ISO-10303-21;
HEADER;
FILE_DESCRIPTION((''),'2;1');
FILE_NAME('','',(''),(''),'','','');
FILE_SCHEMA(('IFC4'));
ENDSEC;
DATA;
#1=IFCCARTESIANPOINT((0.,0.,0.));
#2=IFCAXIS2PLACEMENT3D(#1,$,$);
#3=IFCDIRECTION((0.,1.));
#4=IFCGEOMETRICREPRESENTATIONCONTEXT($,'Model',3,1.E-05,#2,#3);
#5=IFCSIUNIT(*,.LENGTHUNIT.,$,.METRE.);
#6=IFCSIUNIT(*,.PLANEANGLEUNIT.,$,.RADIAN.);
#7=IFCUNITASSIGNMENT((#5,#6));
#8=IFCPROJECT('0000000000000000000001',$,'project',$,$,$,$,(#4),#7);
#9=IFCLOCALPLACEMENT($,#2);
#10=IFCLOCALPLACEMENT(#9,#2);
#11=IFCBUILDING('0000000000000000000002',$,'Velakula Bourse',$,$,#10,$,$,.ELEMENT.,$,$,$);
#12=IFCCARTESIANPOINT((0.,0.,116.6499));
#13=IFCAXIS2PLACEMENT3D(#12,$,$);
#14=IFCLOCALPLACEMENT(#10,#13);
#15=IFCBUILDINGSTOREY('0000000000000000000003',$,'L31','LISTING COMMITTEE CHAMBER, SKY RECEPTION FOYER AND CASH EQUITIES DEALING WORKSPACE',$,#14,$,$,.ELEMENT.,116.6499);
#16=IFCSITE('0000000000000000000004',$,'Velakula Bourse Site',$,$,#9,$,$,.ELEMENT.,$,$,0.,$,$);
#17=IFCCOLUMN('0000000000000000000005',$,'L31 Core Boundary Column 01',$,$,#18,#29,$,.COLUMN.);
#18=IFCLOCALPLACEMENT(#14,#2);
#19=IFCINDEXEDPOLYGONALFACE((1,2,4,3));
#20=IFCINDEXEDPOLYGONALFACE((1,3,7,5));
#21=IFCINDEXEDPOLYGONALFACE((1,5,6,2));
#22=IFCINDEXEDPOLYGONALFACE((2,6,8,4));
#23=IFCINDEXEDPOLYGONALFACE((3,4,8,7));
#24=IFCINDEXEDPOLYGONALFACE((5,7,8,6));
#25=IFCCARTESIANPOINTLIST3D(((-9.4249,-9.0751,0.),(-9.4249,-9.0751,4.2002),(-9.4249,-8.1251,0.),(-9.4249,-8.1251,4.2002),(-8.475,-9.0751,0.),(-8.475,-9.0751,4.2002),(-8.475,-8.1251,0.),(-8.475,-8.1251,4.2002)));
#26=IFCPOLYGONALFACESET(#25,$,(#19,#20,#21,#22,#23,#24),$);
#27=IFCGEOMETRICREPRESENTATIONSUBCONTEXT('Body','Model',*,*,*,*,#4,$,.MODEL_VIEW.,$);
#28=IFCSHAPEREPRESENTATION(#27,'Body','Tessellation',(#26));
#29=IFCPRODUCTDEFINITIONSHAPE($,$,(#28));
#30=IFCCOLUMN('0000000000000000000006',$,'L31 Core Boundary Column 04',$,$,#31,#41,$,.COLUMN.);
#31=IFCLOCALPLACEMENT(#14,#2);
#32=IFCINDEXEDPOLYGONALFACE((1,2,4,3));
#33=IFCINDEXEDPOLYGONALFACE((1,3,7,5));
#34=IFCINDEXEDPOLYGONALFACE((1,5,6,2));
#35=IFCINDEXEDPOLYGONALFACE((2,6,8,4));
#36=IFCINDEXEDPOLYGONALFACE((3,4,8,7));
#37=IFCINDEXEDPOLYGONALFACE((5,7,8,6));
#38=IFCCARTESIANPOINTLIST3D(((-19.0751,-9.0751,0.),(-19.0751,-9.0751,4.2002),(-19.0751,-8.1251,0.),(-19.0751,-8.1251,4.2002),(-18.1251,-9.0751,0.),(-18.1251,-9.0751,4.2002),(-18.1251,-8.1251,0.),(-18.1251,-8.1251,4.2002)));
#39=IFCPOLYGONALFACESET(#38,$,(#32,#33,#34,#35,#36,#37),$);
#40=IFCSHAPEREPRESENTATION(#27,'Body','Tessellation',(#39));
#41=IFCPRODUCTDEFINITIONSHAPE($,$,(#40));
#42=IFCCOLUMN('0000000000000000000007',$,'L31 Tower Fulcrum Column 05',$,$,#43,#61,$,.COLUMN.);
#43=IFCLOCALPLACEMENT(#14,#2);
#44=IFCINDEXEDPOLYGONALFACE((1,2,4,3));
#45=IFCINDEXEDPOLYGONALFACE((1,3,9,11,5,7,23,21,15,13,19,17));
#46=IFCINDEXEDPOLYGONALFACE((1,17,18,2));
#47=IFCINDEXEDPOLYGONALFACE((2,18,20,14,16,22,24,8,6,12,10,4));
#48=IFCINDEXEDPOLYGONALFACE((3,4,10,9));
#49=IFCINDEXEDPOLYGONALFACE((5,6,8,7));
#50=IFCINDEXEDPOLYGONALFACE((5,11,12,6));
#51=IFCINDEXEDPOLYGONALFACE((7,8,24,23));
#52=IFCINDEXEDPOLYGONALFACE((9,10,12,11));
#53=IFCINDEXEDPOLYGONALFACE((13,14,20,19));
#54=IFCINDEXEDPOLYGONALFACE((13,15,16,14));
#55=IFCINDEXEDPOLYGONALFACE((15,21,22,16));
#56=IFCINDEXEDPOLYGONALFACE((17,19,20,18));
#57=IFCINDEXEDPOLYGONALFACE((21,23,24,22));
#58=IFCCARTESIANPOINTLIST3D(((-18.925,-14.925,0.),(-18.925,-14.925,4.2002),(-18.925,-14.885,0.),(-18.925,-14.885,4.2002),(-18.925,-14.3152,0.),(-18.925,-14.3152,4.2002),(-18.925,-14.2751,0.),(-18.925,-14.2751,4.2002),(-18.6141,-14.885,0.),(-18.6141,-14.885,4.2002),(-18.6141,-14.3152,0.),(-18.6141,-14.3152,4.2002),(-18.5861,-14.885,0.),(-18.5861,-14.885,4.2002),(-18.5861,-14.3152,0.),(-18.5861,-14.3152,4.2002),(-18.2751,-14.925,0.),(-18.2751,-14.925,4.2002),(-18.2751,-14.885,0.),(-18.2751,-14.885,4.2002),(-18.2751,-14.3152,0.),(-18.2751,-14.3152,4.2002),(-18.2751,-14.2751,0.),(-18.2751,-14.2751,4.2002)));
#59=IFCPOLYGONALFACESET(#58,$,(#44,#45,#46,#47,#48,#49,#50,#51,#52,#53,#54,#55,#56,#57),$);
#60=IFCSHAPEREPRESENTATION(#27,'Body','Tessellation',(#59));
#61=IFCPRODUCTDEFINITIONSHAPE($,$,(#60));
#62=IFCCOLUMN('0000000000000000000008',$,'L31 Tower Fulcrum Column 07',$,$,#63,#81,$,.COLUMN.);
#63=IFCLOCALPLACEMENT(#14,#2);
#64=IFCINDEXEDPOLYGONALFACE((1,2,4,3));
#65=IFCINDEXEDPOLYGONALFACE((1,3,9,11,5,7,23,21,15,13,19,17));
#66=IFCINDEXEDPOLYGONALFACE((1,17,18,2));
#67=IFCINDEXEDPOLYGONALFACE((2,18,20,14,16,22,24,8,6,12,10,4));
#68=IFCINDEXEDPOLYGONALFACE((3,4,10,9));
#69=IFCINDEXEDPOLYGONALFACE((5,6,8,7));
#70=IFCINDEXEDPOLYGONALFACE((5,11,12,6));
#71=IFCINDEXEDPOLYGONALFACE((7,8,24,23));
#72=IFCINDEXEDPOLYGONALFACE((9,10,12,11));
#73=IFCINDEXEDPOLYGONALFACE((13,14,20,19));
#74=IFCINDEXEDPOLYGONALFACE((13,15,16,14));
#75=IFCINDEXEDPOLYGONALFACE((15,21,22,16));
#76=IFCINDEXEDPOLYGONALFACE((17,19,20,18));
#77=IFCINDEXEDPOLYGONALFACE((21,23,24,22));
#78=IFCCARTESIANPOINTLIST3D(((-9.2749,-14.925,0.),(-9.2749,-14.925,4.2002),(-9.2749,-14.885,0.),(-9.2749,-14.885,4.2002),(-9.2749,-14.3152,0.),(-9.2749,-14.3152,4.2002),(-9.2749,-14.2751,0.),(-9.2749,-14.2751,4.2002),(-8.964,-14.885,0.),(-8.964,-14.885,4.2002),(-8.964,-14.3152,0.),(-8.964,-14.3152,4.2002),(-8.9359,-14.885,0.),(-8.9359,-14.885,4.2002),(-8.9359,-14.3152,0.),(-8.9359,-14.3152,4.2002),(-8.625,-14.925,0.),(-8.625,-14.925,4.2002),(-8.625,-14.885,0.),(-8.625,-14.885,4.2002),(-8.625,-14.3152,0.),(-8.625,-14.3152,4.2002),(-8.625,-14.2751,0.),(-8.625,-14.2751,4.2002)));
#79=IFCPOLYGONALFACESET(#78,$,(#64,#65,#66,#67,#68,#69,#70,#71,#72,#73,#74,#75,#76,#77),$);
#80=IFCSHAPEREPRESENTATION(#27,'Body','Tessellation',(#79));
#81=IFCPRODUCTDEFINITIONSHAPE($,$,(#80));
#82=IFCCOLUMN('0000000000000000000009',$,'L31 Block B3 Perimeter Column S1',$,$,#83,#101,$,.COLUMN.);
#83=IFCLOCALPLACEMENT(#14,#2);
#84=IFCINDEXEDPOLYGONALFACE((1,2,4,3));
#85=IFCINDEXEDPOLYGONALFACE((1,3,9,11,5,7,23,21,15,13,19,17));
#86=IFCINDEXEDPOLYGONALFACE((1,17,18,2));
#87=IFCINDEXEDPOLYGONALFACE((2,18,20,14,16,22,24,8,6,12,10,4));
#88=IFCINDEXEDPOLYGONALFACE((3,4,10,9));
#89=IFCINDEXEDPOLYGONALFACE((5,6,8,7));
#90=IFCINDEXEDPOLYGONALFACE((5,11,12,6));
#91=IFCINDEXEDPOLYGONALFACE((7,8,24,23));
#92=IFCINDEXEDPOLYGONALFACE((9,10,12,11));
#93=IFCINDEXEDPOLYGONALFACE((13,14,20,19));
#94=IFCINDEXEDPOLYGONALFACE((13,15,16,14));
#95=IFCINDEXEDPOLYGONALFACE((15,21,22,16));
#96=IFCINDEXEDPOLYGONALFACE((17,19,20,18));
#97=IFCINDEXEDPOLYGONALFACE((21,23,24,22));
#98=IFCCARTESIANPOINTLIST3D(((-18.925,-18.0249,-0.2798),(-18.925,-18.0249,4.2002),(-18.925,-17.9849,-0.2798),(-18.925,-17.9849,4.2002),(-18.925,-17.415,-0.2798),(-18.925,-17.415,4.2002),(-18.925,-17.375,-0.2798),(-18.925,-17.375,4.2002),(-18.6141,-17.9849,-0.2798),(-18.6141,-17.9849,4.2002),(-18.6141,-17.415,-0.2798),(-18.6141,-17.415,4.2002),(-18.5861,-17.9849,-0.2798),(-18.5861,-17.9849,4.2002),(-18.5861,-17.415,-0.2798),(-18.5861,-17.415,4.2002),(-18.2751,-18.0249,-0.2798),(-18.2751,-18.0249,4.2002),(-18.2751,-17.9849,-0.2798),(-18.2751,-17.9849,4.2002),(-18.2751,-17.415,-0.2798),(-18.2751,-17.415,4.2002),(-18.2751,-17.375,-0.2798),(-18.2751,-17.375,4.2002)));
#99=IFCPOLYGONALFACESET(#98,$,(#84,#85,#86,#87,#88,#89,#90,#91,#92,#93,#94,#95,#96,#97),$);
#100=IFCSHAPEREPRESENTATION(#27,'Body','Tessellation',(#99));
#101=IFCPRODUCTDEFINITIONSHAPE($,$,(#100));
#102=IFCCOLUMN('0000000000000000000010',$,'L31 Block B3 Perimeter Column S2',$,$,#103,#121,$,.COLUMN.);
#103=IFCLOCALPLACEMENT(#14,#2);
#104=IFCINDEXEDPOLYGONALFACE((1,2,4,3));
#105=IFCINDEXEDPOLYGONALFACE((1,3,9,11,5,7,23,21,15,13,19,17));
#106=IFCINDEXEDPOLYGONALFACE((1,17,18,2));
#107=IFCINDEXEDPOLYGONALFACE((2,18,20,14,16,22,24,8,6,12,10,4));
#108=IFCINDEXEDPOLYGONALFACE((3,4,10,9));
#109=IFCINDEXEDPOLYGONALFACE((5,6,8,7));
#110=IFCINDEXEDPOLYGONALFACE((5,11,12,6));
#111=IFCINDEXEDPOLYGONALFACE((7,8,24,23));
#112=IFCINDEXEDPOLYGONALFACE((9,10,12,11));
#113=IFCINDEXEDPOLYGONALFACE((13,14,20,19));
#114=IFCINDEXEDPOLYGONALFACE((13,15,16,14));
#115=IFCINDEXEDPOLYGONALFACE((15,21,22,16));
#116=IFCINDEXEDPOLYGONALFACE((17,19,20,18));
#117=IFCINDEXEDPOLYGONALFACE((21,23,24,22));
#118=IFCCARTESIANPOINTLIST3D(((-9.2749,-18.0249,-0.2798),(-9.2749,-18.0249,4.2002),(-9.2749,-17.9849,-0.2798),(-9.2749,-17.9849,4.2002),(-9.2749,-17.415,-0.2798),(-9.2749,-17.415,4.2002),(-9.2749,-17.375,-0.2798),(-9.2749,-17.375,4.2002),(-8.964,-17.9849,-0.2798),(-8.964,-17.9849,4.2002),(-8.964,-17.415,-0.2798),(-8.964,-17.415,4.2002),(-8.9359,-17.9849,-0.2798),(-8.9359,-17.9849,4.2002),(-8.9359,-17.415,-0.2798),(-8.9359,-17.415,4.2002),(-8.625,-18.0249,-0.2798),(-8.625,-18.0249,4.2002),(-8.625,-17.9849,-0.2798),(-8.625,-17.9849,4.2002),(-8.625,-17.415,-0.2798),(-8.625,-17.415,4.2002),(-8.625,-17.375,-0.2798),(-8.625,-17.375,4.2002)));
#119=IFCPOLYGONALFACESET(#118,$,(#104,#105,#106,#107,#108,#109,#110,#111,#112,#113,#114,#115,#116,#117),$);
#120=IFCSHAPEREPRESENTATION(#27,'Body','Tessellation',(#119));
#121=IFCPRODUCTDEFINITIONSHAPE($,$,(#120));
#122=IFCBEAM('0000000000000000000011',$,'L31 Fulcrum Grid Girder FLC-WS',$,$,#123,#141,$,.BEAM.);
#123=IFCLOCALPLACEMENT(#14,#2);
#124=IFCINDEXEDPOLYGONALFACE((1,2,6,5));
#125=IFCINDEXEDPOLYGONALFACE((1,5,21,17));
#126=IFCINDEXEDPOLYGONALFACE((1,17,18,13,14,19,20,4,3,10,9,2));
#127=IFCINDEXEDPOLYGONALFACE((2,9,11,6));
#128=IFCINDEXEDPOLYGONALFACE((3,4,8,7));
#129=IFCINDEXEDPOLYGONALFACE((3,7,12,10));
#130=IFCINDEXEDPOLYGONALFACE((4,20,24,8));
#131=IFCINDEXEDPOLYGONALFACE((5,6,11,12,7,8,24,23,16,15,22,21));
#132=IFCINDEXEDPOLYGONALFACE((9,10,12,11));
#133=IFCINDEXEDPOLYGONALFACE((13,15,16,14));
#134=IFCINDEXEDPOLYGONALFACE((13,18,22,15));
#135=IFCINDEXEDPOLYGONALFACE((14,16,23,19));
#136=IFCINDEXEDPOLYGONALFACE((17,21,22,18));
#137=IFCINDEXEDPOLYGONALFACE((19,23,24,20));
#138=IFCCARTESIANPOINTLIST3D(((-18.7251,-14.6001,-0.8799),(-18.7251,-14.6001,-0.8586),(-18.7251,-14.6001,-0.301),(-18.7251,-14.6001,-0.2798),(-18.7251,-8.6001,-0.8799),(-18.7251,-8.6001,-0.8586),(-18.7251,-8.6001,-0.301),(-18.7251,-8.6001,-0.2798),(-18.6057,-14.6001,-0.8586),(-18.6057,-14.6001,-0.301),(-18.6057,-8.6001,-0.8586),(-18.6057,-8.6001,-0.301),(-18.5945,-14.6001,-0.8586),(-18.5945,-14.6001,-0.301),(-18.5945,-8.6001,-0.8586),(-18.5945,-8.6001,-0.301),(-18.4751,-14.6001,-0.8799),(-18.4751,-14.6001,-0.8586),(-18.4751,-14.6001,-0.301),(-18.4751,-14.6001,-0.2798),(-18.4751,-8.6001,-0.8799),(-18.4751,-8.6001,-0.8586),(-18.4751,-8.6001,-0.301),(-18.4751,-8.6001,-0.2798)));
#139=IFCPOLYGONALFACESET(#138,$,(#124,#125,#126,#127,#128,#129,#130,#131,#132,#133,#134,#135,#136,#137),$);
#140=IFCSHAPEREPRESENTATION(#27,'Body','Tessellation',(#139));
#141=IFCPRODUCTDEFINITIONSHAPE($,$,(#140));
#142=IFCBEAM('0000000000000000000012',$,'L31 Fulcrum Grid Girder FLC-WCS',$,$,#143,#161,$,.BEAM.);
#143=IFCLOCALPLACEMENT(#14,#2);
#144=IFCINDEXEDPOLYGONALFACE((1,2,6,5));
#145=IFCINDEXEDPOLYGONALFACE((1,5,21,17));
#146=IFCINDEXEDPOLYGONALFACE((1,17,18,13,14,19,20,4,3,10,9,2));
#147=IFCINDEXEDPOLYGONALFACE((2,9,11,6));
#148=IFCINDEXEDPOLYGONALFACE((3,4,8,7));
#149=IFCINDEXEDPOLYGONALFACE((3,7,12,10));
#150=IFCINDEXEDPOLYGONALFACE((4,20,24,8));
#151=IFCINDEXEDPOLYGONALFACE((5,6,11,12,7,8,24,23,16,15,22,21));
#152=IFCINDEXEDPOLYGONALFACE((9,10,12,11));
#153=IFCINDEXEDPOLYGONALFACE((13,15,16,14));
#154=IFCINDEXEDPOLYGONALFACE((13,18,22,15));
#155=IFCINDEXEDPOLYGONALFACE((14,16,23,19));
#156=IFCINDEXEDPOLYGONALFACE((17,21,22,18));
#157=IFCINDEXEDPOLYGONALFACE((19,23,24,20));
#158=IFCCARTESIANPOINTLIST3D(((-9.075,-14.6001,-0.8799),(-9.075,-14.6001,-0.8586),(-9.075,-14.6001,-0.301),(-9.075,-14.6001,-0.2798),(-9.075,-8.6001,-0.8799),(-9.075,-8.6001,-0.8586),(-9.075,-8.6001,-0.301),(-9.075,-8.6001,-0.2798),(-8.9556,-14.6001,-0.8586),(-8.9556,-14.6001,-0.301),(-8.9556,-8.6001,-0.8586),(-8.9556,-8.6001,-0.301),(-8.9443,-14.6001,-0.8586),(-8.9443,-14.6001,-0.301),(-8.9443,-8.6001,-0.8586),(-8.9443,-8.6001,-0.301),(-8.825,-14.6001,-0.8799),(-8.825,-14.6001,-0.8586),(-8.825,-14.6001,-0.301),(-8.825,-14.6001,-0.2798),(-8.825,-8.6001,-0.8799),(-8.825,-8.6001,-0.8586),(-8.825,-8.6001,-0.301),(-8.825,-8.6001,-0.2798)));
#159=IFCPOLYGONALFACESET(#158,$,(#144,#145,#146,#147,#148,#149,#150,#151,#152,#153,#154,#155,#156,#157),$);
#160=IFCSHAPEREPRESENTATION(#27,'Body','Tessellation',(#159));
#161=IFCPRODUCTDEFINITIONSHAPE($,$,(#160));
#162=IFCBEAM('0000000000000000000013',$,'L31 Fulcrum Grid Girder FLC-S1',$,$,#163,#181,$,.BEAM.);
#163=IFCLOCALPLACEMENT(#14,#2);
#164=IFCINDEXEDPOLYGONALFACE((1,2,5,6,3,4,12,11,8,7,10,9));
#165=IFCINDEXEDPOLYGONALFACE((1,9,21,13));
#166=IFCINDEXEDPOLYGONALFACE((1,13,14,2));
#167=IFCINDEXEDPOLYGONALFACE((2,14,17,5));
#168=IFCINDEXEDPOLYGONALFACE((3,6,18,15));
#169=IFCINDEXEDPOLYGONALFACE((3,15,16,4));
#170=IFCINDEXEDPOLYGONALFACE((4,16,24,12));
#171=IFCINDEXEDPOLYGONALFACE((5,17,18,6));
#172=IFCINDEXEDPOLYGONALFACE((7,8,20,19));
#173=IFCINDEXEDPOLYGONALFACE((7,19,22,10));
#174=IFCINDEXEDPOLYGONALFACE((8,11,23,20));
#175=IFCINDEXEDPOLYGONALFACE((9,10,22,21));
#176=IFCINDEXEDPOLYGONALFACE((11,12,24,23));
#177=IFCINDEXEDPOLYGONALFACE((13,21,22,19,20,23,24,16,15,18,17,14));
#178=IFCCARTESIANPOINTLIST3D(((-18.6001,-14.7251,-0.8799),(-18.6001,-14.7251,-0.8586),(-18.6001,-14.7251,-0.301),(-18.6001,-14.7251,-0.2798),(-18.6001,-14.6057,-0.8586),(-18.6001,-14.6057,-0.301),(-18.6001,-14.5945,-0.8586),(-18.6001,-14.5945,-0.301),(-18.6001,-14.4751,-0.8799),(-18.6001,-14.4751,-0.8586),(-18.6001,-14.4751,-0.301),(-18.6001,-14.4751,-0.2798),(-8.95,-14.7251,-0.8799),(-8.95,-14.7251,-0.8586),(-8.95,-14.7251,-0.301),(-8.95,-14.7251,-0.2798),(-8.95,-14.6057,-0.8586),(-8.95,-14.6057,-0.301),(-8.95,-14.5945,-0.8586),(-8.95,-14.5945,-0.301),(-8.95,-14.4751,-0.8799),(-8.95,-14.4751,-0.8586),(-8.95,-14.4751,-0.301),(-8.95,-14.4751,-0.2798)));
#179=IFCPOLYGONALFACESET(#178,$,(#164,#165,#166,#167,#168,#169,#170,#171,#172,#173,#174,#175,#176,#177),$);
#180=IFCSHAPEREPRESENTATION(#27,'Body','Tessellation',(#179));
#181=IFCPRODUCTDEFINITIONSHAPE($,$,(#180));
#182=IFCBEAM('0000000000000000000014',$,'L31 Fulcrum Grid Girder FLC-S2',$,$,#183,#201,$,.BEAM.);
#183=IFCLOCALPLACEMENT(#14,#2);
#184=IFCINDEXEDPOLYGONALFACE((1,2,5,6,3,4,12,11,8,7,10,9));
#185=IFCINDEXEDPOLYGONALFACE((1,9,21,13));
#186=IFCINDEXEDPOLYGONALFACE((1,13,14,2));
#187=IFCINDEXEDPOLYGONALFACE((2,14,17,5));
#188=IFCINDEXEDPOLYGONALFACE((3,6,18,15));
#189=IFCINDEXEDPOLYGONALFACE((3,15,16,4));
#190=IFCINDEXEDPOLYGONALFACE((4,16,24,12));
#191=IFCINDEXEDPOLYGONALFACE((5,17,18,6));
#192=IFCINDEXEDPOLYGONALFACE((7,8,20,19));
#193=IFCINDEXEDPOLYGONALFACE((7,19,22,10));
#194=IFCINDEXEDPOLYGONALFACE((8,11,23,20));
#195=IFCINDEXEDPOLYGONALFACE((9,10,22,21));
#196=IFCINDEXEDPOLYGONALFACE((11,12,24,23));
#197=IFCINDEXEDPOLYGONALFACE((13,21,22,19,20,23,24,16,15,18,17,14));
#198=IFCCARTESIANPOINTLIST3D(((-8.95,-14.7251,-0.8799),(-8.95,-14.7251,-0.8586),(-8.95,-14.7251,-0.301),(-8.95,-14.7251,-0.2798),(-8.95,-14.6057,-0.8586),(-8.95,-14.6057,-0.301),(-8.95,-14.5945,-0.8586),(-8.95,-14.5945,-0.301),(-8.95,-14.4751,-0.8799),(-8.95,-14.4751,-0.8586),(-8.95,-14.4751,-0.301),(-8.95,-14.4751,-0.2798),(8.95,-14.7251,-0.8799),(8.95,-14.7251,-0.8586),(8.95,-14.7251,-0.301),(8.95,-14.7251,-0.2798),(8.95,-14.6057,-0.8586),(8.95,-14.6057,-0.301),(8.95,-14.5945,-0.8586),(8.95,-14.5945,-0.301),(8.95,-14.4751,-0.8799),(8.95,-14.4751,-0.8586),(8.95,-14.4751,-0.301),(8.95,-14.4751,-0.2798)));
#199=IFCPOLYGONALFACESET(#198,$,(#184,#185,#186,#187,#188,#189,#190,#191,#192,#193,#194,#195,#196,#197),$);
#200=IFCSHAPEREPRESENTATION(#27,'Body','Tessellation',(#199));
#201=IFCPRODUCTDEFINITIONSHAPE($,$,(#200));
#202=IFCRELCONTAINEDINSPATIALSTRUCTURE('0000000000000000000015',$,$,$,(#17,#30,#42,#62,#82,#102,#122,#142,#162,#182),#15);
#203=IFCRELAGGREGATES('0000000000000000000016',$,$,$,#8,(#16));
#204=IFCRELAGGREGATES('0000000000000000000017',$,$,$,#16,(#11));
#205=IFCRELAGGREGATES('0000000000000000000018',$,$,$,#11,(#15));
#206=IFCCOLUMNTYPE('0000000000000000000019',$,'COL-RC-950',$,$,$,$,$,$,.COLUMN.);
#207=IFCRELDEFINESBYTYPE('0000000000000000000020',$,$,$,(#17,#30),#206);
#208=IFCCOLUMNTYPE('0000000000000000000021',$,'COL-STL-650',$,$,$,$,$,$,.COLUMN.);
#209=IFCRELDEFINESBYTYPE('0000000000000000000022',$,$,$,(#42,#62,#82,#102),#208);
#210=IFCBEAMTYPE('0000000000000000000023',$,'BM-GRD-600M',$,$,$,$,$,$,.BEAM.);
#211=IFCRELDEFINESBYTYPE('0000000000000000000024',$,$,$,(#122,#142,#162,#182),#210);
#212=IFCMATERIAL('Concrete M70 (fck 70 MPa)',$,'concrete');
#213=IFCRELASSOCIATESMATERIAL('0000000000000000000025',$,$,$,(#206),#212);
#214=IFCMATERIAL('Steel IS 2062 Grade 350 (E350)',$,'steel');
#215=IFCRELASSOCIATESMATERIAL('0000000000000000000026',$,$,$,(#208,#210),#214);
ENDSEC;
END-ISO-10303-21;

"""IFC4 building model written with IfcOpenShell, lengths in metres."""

from ifc_helpers import new_model, si_unit, direction, frame, origin, origin_2d, place, context, subcontext, project, spatial, rectangle, i_section, extrude, material, material_profile, profile_set, type_object, element, save


model = new_model("IFC4")

# Units and contexts
model_context = context("Model", 3, precision=1e-05, world=origin(), true_north=direction((0.0, 1.0)))
body_context = subcontext(model_context, "Body", "Model", "MODEL_VIEW")
ifc_project = project(units=[si_unit("LENGTHUNIT", "METRE"), si_unit("PLANEANGLEUNIT", "RADIAN")], contexts=[model_context])

# Site, building, storey
site_placement = place(None, origin())
site = spatial("IfcSite", under=ifc_project, at=site_placement, Name="Velakula Bourse Site", CompositionType="ELEMENT", RefElevation=0.0)
building_placement = place(site_placement, origin())
building = spatial("IfcBuilding", under=site, at=building_placement, Name="Velakula Bourse", CompositionType="ELEMENT")
storey_placement = place(building_placement, frame((0.0, 0.0, 116.6499)))
storey = spatial("IfcBuildingStorey", under=building, at=storey_placement, Name="L31", Description="LISTING COMMITTEE CHAMBER, SKY RECEPTION FOYER AND CASH EQUITIES DEALING WORKSPACE", CompositionType="ELEMENT", Elevation=116.6499)

# Columns
ifc_material_1 = material(Name="Concrete M70 (fck 70 MPa)", Category="concrete")
ifc_material_profile_1 = material_profile(ifc_material_1, rectangle(XDim=0.95, YDim=0.95, at=origin_2d()), Name="Concrete M70 (fck 70 MPa)")
ifc_profile_set_1 = profile_set([ifc_material_profile_1], Name="Concrete M70 (fck 70 MPa)")
column_type_1 = type_object("IfcColumnType", Name="COL-RC-950", PredefinedType="COLUMN", material=ifc_profile_set_1)
for number, where, z_axis, x_axis, name in (
    (1, (-8.95, -8.6001, 0.0), (0.0, 0.0, 1.0), (1.0, 0.0, 0.0), "L31 Core Boundary Column 01"),
    (2, (-18.6001, -8.6001, 0.0), (0.0, 0.0, 1.0), (1.0, 0.0, 0.0), "L31 Core Boundary Column 04"),
):
    element("IfcColumn", number, at=place(storey_placement, frame(where, z_axis=z_axis, x_axis=x_axis)), inside=storey, type_object=column_type_1, Name=name, PredefinedType="COLUMN", context=body_context, shape_type="SweptSolid", body=[
        extrude(rectangle(XDim=0.95, YDim=0.95, at=origin_2d()), origin(), (0.0, 0.0, 1.0), 4.2002),
    ])
ifc_material_2 = material(Name="Steel IS 2062 Grade 350 (E350)", Category="steel")
ifc_material_profile_2 = material_profile(ifc_material_2, i_section(OverallWidth=0.6499, OverallDepth=0.6499, WebThickness=0.0281, FlangeThickness=0.04, at=origin_2d()), Name="Steel IS 2062 Grade 350 (E350)")
ifc_profile_set_2 = profile_set([ifc_material_profile_2], Name="Steel IS 2062 Grade 350 (E350)")
column_type_2 = type_object("IfcColumnType", Name="COL-STL-650", PredefinedType="COLUMN", material=ifc_profile_set_2)
for number, where, z_axis, x_axis, name in (
    (3, (-18.6001, -14.6001, 0.0), (0.0, 0.0, 1.0), (1.0, 0.0, 0.0), "L31 Tower Fulcrum Column 05"),
    (4, (-8.95, -14.6001, 0.0), (0.0, 0.0, 1.0), (1.0, 0.0, 0.0), "L31 Tower Fulcrum Column 07"),
):
    element("IfcColumn", number, at=place(storey_placement, frame(where, z_axis=z_axis, x_axis=x_axis)), inside=storey, type_object=column_type_2, Name=name, PredefinedType="COLUMN", context=body_context, shape_type="SweptSolid", body=[
        extrude(i_section(OverallWidth=0.6499, OverallDepth=0.6499, WebThickness=0.0281, FlangeThickness=0.04, at=origin_2d()), origin(), (0.0, 0.0, 1.0), 4.2002),
    ])
for number, where, z_axis, x_axis, name in (
    (5, (-18.6001, -17.7, -0.2798), (0.0, 0.0, 1.0), (1.0, 0.0, 0.0), "L31 Block B3 Perimeter Column S1"),
    (6, (-8.95, -17.7, -0.2798), (0.0, 0.0, 1.0), (1.0, 0.0, 0.0), "L31 Block B3 Perimeter Column S2"),
):
    element("IfcColumn", number, at=place(storey_placement, frame(where, z_axis=z_axis, x_axis=x_axis)), inside=storey, type_object=column_type_2, Name=name, PredefinedType="COLUMN", context=body_context, shape_type="SweptSolid", body=[
        extrude(i_section(OverallWidth=0.6499, OverallDepth=0.6499, WebThickness=0.0281, FlangeThickness=0.04, at=origin_2d()), origin(), (0.0, 0.0, 1.0), 4.48),
    ])

# Beams
ifc_material_profile_3 = material_profile(ifc_material_2, i_section(OverallWidth=0.25, OverallDepth=0.6001, WebThickness=0.0112, FlangeThickness=0.0212, at=origin_2d()), Name="Steel IS 2062 Grade 350 (E350)")
ifc_profile_set_3 = profile_set([ifc_material_profile_3], Name="Steel IS 2062 Grade 350 (E350)")
beam_type_1 = type_object("IfcBeamType", Name="BM-GRD-600M", PredefinedType="BEAM", material=ifc_profile_set_3)
for number, where, z_axis, x_axis, name in (
    (7, (-18.6001, -14.6001, -0.5798), (0.0, 1.0, 0.0), (-1.0, 0.0, 0.0), "L31 Fulcrum Grid Girder FLC-WS"),
    (8, (-8.95, -14.6001, -0.5798), (0.0, 1.0, 0.0), (-1.0, 0.0, 0.0), "L31 Fulcrum Grid Girder FLC-WCS"),
):
    element("IfcBeam", number, at=place(storey_placement, frame(where, z_axis=z_axis, x_axis=x_axis)), inside=storey, type_object=beam_type_1, Name=name, PredefinedType="BEAM", context=body_context, shape_type="SweptSolid", body=[
        extrude(i_section(OverallWidth=0.25, OverallDepth=0.6001, WebThickness=0.0112, FlangeThickness=0.0212, at=origin_2d()), origin(), (0.0, 0.0, 1.0), 6.0),
    ])
beam_1_placement = place(storey_placement, frame((-18.6001, -14.6001, -0.5798), z_axis=(1.0, 0.0, 0.0), x_axis=(0.0, 1.0, 0.0)))
element("IfcBeam", 9, at=beam_1_placement, inside=storey, type_object=beam_type_1, Name="L31 Fulcrum Grid Girder FLC-S1", PredefinedType="BEAM", context=body_context, shape_type="SweptSolid", body=[
    extrude(i_section(OverallWidth=0.25, OverallDepth=0.6001, WebThickness=0.0112, FlangeThickness=0.0212, at=origin_2d()), origin(), (0.0, 0.0, 1.0), 9.6501),
])
beam_2_placement = place(storey_placement, frame((-8.95, -14.6001, -0.5798), z_axis=(1.0, 0.0, 0.0), x_axis=(0.0, 1.0, 0.0)))
element("IfcBeam", 10, at=beam_2_placement, inside=storey, type_object=beam_type_1, Name="L31 Fulcrum Grid Girder FLC-S2", PredefinedType="BEAM", context=body_context, shape_type="SweptSolid", body=[
    extrude(i_section(OverallWidth=0.25, OverallDepth=0.6001, WebThickness=0.0112, FlangeThickness=0.0212, at=origin_2d()), origin(), (0.0, 0.0, 1.0), 17.8999),
])

save(model, "model.ifc")
